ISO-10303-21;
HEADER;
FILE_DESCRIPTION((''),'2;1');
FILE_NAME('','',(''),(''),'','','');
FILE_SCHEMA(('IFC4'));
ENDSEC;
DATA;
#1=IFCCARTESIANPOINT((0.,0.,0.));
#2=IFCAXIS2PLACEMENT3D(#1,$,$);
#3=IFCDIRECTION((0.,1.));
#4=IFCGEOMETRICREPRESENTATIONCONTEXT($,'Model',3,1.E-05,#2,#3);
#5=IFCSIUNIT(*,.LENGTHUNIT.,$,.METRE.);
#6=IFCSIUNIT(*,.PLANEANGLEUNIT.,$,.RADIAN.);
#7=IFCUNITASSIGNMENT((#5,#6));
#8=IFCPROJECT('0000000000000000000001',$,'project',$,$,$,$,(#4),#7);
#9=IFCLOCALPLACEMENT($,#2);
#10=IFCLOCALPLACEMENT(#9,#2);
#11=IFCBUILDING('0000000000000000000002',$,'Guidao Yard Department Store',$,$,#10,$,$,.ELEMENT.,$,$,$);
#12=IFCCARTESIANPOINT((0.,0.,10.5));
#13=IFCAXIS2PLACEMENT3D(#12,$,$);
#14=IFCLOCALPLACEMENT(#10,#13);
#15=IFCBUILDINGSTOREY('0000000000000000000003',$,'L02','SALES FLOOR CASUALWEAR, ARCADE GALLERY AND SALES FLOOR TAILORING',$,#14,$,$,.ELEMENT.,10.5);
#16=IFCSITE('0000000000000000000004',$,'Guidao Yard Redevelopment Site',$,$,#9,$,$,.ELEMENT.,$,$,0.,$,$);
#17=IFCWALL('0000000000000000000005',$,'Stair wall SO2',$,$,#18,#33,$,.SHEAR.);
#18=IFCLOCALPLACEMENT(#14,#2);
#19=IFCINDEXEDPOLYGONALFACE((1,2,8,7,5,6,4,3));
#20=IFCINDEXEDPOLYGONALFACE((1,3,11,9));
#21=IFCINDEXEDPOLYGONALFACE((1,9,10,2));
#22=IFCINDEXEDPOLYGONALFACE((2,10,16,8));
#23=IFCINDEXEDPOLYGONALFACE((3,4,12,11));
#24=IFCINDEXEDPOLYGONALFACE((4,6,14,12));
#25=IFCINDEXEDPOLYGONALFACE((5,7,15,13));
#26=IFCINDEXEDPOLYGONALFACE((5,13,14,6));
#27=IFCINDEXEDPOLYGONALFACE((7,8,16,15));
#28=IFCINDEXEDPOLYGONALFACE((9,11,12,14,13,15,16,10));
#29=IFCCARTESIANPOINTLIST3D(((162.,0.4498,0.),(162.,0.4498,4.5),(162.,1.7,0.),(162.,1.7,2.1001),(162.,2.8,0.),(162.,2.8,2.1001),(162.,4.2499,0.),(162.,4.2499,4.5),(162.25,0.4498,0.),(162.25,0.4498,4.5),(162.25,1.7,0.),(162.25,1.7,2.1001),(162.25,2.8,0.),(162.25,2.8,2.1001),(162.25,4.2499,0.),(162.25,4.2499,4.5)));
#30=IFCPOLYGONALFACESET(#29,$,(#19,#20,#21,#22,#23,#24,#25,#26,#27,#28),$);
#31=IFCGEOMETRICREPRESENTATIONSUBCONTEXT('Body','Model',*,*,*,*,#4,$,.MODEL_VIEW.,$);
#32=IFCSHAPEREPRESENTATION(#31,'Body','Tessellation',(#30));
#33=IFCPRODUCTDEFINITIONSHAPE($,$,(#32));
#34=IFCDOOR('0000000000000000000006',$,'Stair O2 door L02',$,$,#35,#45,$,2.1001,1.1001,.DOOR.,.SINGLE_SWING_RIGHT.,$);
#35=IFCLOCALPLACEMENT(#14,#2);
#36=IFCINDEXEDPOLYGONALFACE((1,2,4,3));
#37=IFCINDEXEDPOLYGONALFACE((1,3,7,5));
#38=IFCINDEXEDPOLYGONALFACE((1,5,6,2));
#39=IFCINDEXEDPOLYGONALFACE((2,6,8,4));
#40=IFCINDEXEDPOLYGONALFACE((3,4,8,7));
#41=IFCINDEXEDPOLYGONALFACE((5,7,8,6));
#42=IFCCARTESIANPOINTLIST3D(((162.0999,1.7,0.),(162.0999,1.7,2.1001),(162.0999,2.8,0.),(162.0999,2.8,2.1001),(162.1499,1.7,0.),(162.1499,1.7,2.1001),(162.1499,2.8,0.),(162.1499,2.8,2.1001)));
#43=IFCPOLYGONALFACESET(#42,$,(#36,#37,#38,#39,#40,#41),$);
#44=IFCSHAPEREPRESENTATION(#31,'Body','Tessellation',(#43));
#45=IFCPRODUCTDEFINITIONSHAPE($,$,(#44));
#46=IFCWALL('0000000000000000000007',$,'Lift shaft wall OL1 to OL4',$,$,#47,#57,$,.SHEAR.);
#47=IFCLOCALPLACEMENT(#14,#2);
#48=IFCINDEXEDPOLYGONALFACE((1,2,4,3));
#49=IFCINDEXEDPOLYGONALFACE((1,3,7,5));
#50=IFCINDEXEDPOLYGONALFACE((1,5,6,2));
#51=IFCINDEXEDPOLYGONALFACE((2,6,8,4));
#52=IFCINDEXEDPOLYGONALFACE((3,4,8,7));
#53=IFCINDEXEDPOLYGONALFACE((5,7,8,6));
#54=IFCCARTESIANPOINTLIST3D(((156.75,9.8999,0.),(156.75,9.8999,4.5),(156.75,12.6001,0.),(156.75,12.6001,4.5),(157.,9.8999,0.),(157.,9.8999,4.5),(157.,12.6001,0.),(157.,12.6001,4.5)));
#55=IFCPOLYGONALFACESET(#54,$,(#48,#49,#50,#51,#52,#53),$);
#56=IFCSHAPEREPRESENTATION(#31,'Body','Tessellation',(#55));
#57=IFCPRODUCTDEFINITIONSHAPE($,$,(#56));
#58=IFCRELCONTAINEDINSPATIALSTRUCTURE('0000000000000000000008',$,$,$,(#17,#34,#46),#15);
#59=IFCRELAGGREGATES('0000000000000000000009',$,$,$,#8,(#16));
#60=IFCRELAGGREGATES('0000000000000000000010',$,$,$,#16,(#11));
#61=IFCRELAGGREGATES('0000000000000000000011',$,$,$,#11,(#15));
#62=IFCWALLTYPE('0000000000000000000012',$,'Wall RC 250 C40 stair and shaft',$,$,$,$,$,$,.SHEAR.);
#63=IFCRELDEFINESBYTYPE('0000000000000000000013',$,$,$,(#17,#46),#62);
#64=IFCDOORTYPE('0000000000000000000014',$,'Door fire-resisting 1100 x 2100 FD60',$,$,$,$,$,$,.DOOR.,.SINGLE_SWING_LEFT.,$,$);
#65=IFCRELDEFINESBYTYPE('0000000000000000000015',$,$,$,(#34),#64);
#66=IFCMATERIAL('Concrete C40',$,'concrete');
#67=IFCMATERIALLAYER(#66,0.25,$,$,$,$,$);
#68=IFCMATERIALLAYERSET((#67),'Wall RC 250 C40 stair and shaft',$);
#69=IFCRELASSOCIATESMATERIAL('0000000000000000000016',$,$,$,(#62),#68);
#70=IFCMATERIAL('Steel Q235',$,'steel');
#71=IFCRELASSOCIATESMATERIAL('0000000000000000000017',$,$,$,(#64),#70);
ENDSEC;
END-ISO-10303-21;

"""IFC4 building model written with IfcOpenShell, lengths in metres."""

from ifc_helpers import new_model, si_unit, direction, frame, frame_2d, origin, place, context, subcontext, project, spatial, rectangle, extrude, material, layer, layer_set, type_object, element, fill, save


model = new_model("IFC4")

# Units and contexts
model_context = context("Model", 3, precision=1e-05, world=origin(), true_north=direction((0.0, 1.0)))
body_context = subcontext(model_context, "Body", "Model", "MODEL_VIEW")
ifc_project = project(units=[si_unit("LENGTHUNIT", "METRE"), si_unit("PLANEANGLEUNIT", "RADIAN")], contexts=[model_context])

# Site, building, storey
site_placement = place(None, origin())
site = spatial("IfcSite", under=ifc_project, at=site_placement, Name="Guidao Yard Redevelopment Site", CompositionType="ELEMENT", RefElevation=0.0)
building_placement = place(site_placement, origin())
building = spatial("IfcBuilding", under=site, at=building_placement, Name="Guidao Yard Department Store", CompositionType="ELEMENT")
storey_placement = place(building_placement, frame((0.0, 0.0, 10.5)))
storey = spatial("IfcBuildingStorey", under=building, at=storey_placement, Name="L02", Description="SALES FLOOR CASUALWEAR, ARCADE GALLERY AND SALES FLOOR TAILORING", CompositionType="ELEMENT", Elevation=10.5)

# Shared definitions
ifc_material_1 = material(Name="Concrete C40", Category="concrete")
ifc_layer_1 = layer(ifc_material_1, 0.25)
ifc_layer_set_1 = layer_set([ifc_layer_1], Name="Wall RC 250 C40 stair and shaft")
wall_type_1 = type_object("IfcWallType", Name="Wall RC 250 C40 stair and shaft", PredefinedType="SHEAR", material=ifc_layer_set_1)

# Wall, opening, door
wall_1_placement = place(storey_placement, frame((162.125, 0.45, 0.0), z_axis=(0.0, 0.0, 1.0), x_axis=(0.0, 1.0, 0.0)))
wall_1 = element("IfcWall", 1, at=wall_1_placement, inside=storey, type_object=wall_type_1, Name="Stair wall SO2", PredefinedType="SHEAR", context=body_context, shape_type="SweptSolid", body=[
    extrude(rectangle(XDim=3.8, YDim=0.25, at=frame_2d((1.8999, 0.0))), origin(), (0.0, 0.0, 1.0), 4.5),
])
opening_1_placement = place(wall_1_placement, frame((2.3501, 0.0, 0.0), z_axis=(0.0, 0.0, 1.0), x_axis=(-1.0, 0.0, 0.0)))
opening_1 = element("IfcOpeningElement", 2, at=opening_1_placement, cuts=wall_1, PredefinedType="OPENING", context=body_context, shape_type="SweptSolid", body=[
    extrude(rectangle(XDim=1.1001, YDim=2.1001, at=frame_2d((0.55, 1.05))), frame((0.0, 0.135, 0.0), z_axis=(0.0, -1.0, 0.0), x_axis=(1.0, 0.0, 0.0)), (0.0, 0.0, 1.0), 0.27),
])
ifc_material_2 = material(Name="Steel Q235", Category="steel")
door_type_1 = type_object("IfcDoorType", Name="Door fire-resisting 1100 x 2100 FD60", OperationType="SINGLE_SWING_LEFT", PredefinedType="DOOR", material=ifc_material_2)
door_1_placement = place(opening_1_placement, origin())
door_1 = element("IfcDoor", 3, at=door_1_placement, inside=storey, type_object=door_type_1, Name="Stair O2 door L02", OperationType="SINGLE_SWING_RIGHT", OverallHeight=2.1001, OverallWidth=1.1001, PredefinedType="DOOR", context=body_context, shape_type="SweptSolid", body=[
    extrude(rectangle(XDim=1.1001, YDim=2.1001, at=frame_2d((0.55, 1.05))), frame((0.0, 0.0249, 0.0), z_axis=(0.0, -1.0, 0.0), x_axis=(1.0, 0.0, 0.0)), (0.0, 0.0, 1.0), 0.05),
])
fill(opening_1, door_1)

# Wall
wall_2_placement = place(storey_placement, frame((156.875, 9.8999, 0.0), z_axis=(0.0, 0.0, 1.0), x_axis=(0.0, 1.0, 0.0)))
element("IfcWall", 4, at=wall_2_placement, inside=storey, type_object=wall_type_1, Name="Lift shaft wall OL1 to OL4", PredefinedType="SHEAR", context=body_context, shape_type="SweptSolid", body=[
    extrude(rectangle(XDim=2.7002, YDim=0.25, at=frame_2d((1.3501, 0.0))), origin(), (0.0, 0.0, 1.0), 4.5),
])

save(model, "model.ifc")
